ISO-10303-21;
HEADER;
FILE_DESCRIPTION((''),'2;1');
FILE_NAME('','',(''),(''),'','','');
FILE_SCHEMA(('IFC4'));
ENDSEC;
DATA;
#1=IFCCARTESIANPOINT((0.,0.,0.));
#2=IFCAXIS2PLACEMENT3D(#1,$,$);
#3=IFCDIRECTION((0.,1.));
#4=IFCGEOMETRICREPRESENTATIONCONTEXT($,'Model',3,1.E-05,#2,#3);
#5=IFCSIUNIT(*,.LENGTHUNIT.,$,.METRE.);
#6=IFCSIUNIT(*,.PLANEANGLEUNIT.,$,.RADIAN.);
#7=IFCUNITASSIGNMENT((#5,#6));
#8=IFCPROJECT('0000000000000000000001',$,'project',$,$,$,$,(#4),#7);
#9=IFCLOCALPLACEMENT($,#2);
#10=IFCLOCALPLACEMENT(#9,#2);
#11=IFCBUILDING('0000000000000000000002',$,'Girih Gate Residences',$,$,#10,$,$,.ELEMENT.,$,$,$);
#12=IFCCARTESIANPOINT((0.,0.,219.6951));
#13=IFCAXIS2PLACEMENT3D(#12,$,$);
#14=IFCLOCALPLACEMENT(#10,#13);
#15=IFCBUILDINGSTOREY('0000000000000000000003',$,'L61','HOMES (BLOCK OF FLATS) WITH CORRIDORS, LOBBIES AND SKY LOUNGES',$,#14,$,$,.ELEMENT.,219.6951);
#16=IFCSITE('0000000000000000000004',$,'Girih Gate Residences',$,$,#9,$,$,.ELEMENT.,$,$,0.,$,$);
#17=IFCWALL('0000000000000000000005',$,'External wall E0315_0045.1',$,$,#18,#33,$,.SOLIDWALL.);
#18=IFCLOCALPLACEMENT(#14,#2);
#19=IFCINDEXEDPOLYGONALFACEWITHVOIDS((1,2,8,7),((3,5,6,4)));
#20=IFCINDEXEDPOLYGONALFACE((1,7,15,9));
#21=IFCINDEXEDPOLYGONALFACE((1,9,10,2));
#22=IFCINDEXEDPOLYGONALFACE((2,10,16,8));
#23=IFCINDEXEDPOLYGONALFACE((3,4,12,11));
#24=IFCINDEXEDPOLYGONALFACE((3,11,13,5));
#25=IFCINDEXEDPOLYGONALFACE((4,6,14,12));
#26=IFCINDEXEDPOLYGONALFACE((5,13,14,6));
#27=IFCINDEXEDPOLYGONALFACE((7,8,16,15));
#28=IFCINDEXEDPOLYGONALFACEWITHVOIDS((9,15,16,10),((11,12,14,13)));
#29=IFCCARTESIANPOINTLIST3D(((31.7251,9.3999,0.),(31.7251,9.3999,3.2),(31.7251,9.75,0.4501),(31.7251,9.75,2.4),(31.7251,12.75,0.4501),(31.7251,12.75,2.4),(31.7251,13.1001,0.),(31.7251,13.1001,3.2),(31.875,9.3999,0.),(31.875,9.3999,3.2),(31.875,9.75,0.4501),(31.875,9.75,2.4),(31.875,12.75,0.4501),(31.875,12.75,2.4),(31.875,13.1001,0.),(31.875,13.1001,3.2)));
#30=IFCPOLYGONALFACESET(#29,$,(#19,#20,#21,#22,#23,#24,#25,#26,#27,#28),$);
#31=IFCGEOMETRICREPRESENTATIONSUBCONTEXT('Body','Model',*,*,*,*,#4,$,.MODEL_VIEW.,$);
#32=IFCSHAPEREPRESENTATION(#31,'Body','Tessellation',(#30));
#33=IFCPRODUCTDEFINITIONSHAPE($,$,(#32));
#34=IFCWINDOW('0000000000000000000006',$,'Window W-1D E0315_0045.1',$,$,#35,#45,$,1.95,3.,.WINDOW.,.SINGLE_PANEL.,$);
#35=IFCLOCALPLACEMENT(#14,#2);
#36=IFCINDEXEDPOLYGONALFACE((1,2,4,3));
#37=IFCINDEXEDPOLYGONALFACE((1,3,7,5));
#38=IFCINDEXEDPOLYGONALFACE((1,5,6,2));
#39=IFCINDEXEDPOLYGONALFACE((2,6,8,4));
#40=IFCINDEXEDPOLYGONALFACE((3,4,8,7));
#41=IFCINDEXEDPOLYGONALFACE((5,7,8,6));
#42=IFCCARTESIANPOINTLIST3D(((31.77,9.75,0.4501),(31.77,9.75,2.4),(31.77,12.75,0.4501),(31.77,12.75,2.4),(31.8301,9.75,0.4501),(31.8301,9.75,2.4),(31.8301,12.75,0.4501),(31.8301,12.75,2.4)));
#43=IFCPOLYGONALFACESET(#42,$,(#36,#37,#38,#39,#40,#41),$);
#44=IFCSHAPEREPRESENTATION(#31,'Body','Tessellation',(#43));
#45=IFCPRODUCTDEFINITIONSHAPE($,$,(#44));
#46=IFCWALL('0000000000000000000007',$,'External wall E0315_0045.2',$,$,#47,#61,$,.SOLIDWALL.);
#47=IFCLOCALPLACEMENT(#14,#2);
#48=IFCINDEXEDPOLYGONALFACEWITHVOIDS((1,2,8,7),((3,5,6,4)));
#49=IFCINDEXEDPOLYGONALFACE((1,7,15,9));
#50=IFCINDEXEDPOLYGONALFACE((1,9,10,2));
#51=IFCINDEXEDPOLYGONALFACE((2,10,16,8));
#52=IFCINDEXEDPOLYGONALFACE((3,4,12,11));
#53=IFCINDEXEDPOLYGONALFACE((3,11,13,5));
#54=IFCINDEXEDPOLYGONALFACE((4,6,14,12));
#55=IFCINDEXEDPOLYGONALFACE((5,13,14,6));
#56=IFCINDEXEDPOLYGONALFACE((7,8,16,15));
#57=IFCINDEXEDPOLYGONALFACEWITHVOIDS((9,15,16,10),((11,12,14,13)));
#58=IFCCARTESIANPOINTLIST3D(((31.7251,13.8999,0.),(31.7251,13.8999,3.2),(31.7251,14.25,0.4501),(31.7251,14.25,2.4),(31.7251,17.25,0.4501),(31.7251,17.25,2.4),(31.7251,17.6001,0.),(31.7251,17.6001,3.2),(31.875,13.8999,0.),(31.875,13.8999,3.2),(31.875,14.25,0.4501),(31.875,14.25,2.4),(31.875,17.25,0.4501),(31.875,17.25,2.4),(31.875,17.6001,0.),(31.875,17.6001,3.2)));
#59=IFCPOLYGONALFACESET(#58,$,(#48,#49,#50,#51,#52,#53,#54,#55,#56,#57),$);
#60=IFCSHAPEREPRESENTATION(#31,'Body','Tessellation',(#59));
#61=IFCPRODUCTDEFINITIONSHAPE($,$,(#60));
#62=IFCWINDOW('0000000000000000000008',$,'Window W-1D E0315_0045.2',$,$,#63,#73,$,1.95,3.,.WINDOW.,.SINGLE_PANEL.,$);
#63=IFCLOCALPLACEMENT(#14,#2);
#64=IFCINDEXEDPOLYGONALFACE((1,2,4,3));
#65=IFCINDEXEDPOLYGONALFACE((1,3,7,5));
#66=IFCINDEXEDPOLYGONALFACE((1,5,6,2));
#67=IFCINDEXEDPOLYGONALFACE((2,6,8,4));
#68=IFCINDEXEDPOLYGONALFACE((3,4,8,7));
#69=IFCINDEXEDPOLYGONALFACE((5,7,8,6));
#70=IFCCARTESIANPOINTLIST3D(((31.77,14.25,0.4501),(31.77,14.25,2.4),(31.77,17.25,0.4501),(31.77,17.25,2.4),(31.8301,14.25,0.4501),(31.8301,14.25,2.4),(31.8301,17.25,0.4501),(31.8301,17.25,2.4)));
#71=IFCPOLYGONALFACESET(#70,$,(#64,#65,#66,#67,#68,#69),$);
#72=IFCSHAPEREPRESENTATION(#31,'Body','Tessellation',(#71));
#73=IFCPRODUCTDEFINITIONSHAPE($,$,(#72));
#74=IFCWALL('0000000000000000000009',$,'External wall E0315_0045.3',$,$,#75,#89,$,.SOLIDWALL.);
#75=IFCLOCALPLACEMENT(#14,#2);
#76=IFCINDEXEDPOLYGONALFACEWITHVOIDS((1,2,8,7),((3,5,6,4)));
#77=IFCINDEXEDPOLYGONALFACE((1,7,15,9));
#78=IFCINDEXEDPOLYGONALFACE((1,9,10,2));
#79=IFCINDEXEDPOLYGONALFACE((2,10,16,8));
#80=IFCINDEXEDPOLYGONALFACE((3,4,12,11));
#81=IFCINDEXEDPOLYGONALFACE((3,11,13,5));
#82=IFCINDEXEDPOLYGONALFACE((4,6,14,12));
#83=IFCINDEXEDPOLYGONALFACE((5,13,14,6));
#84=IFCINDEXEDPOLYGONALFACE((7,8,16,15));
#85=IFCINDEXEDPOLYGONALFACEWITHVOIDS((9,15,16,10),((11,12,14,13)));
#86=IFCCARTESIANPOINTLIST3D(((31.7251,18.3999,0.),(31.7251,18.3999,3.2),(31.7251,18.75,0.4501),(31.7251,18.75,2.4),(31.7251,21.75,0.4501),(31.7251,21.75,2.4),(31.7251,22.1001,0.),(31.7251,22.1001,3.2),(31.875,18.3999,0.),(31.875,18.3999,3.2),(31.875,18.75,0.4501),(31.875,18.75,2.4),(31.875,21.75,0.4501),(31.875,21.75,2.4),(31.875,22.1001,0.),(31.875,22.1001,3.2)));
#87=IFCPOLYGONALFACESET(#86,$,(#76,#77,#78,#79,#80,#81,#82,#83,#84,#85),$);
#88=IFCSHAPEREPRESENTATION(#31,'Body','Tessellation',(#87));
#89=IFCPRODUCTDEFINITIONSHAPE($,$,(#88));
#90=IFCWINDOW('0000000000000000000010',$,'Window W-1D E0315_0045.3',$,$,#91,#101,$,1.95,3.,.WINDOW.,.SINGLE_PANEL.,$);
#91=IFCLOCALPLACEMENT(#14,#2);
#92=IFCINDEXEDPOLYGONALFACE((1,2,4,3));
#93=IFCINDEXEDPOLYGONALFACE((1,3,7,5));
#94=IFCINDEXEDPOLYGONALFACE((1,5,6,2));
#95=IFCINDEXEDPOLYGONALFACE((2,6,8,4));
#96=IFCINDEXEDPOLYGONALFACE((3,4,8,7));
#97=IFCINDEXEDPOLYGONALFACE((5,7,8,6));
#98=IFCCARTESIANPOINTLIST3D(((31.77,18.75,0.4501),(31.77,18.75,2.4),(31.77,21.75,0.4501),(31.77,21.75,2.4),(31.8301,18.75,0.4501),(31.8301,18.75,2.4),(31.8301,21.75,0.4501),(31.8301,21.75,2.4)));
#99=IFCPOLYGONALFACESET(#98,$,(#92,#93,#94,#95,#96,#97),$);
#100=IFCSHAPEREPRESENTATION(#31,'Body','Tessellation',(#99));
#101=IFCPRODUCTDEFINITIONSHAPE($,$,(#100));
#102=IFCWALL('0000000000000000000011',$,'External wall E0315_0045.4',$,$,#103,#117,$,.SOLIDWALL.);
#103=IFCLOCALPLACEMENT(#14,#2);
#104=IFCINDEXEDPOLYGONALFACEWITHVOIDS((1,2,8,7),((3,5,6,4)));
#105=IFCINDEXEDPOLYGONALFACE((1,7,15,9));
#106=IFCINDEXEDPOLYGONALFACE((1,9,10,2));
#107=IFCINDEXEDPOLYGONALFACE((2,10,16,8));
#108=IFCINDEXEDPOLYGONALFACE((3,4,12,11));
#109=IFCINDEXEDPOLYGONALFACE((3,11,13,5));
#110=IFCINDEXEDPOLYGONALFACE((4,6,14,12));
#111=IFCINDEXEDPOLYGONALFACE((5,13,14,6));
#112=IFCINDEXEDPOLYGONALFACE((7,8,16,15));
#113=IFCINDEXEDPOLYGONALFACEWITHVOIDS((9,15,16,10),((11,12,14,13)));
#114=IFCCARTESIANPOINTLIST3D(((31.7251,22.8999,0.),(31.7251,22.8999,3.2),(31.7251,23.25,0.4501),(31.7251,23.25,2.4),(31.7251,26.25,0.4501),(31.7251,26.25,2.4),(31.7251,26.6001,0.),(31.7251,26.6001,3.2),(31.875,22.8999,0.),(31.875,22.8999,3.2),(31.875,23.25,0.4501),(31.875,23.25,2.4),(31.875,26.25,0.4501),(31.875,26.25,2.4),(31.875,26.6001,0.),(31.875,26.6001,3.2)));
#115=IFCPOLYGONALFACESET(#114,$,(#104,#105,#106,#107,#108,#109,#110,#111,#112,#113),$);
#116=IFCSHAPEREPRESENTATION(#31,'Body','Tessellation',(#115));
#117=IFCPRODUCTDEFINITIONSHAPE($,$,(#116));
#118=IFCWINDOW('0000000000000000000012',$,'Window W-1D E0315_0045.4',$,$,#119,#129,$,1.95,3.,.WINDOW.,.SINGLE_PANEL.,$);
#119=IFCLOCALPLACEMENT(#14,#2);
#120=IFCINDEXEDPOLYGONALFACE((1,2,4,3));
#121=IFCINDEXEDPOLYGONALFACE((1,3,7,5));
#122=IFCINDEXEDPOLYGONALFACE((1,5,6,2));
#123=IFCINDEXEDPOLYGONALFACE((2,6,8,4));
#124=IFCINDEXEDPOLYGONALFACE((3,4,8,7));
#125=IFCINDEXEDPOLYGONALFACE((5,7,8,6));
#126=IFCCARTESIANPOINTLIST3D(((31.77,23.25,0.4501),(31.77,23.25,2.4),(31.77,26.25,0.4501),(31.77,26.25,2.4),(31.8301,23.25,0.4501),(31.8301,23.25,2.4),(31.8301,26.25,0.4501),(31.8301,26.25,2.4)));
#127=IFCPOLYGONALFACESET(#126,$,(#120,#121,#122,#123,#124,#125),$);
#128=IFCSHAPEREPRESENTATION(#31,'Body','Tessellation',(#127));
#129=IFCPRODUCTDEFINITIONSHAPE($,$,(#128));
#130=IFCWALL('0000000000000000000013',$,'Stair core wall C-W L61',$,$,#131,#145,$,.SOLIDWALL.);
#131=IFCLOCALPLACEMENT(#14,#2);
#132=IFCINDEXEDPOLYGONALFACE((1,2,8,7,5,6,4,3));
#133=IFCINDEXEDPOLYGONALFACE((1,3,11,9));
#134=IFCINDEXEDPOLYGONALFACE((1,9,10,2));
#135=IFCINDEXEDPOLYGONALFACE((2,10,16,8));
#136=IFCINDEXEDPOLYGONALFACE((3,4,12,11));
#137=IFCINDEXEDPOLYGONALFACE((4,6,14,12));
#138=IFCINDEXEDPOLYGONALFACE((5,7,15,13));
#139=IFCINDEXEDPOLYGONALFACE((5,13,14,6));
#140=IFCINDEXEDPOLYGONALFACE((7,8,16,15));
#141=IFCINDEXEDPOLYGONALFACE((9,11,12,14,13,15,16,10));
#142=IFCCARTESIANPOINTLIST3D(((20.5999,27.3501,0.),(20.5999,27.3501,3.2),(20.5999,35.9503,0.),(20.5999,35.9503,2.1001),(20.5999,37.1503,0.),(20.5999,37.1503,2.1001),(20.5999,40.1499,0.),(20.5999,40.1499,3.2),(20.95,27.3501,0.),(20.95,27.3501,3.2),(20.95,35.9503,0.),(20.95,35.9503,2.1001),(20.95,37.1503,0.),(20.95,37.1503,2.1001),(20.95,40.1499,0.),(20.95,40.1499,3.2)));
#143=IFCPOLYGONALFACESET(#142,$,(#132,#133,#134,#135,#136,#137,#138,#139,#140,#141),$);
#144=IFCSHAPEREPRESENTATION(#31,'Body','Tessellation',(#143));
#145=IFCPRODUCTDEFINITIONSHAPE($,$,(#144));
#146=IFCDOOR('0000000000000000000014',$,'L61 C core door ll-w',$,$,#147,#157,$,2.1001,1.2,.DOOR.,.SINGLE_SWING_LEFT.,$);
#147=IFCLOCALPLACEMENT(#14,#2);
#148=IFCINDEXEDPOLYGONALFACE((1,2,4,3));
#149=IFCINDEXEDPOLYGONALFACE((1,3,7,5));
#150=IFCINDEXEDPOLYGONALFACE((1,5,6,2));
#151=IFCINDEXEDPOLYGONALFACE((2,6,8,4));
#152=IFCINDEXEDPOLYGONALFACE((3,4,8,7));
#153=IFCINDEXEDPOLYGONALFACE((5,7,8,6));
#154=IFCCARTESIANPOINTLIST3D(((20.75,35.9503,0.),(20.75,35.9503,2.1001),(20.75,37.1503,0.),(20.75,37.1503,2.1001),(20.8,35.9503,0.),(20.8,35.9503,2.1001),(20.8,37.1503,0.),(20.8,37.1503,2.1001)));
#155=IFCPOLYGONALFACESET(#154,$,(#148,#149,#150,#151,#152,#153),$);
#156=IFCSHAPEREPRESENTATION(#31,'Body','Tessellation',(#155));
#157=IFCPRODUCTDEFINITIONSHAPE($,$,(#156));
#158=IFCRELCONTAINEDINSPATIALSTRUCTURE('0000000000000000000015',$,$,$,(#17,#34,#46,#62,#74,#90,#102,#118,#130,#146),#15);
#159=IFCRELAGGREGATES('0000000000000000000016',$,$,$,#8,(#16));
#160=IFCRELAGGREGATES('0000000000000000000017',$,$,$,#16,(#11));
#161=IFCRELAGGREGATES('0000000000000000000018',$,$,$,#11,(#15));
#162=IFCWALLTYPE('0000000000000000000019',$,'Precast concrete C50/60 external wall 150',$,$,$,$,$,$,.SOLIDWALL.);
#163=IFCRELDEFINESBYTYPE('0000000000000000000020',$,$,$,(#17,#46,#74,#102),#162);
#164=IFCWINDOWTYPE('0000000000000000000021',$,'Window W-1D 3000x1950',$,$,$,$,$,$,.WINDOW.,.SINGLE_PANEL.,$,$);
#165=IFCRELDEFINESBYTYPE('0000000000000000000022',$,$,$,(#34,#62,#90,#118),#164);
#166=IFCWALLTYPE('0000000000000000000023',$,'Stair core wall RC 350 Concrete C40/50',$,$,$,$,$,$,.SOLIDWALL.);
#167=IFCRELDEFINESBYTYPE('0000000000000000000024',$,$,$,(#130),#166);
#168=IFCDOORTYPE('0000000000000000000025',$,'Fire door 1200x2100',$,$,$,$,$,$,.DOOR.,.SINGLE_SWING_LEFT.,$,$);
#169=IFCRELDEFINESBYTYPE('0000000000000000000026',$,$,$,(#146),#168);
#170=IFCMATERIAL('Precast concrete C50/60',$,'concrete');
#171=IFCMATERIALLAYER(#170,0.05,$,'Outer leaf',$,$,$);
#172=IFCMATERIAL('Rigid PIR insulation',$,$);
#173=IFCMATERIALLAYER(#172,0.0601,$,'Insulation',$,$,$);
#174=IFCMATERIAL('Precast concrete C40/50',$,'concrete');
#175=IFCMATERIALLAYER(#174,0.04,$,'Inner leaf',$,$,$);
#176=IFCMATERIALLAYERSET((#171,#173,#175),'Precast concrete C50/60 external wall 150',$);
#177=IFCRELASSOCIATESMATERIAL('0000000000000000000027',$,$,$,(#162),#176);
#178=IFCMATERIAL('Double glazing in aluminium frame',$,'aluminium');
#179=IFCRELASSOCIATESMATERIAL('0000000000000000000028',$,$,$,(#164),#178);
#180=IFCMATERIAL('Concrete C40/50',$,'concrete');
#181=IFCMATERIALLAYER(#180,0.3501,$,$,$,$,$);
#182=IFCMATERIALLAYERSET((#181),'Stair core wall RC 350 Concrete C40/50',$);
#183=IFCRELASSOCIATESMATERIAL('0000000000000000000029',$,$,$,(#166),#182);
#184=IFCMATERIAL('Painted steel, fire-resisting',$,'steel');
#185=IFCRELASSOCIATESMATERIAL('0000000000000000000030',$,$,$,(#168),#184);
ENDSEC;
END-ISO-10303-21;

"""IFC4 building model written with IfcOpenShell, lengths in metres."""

from ifc_helpers import new_model, si_unit, direction, frame, frame_2d, origin, place, context, subcontext, project, spatial, rectangle, extrude, material, layer, layer_set, type_object, element, fill, save


model = new_model("IFC4")

# Units and contexts
model_context = context("Model", 3, precision=1e-05, world=origin(), true_north=direction((0.0, 1.0)))
body_context = subcontext(model_context, "Body", "Model", "MODEL_VIEW")
ifc_project = project(units=[si_unit("LENGTHUNIT", "METRE"), si_unit("PLANEANGLEUNIT", "RADIAN")], contexts=[model_context])

# Site, building, storey
site_placement = place(None, origin())
site = spatial("IfcSite", under=ifc_project, at=site_placement, Name="Girih Gate Residences", CompositionType="ELEMENT", RefElevation=0.0)
building_placement = place(site_placement, origin())
building = spatial("IfcBuilding", under=site, at=building_placement, Name="Girih Gate Residences", CompositionType="ELEMENT")
storey_placement = place(building_placement, frame((0.0, 0.0, 219.6951)))
storey = spatial("IfcBuildingStorey", under=building, at=storey_placement, Name="L61", Description="HOMES (BLOCK OF FLATS) WITH CORRIDORS, LOBBIES AND SKY LOUNGES", CompositionType="ELEMENT", Elevation=219.6951)

# Walls, openings, windows
ifc_material_1 = material(Name="Precast concrete C50/60", Category="concrete")
ifc_layer_1 = layer(ifc_material_1, 0.05, Name="Outer leaf")
ifc_material_2 = material(Name="Rigid PIR insulation")
ifc_layer_2 = layer(ifc_material_2, 0.0601, Name="Insulation")
ifc_material_3 = material(Name="Precast concrete C40/50", Category="concrete")
ifc_layer_3 = layer(ifc_material_3, 0.04, Name="Inner leaf")
ifc_layer_set_1 = layer_set([ifc_layer_1, ifc_layer_2, ifc_layer_3], Name="Precast concrete C50/60 external wall 150")
wall_type_1 = type_object("IfcWallType", Name="Precast concrete C50/60 external wall 150", PredefinedType="SOLIDWALL", material=ifc_layer_set_1)
wall_1_placement = place(storey_placement, frame((31.8, 13.1001, 0.0), z_axis=(0.0, 0.0, 1.0), x_axis=(0.0, -1.0, 0.0)))
wall_1 = element("IfcWall", 1, at=wall_1_placement, inside=storey, type_object=wall_type_1, Name="External wall E0315_0045.1", PredefinedType="SOLIDWALL", context=body_context, shape_type="SweptSolid", body=[
    extrude(rectangle(XDim=3.7002, YDim=0.1499, at=frame_2d((1.8501, 0.0))), origin(), (0.0, 0.0, 1.0), 3.2),
])
opening_1_placement = place(wall_1_placement, frame((0.3501, 0.0, 0.45)))
opening_1 = element("IfcOpeningElement", 2, at=opening_1_placement, cuts=wall_1, PredefinedType="OPENING", context=body_context, shape_type="SweptSolid", body=[
    extrude(rectangle(XDim=3.0, YDim=1.95, at=frame_2d((1.5, 0.9751))), frame((0.0, 0.085, 0.0), z_axis=(0.0, -1.0, 0.0), x_axis=(1.0, 0.0, 0.0)), (0.0, 0.0, 1.0), 0.1699),
])
ifc_material_4 = material(Name="Double glazing in aluminium frame", Category="aluminium")
window_type = type_object("IfcWindowType", Name="Window W-1D 3000x1950", PartitioningType="SINGLE_PANEL", PredefinedType="WINDOW", material=ifc_material_4)
window_1_placement = place(opening_1_placement, origin())
window_1 = element("IfcWindow", 3, at=window_1_placement, inside=storey, type_object=window_type, Name="Window W-1D E0315_0045.1", OverallHeight=1.95, OverallWidth=3.0, PartitioningType="SINGLE_PANEL", PredefinedType="WINDOW", context=body_context, shape_type="SweptSolid", body=[
    extrude(rectangle(XDim=3.0, YDim=1.95, at=frame_2d((1.5, 0.9751))), frame((0.0, 0.03, 0.0), z_axis=(0.0, -1.0, 0.0), x_axis=(1.0, 0.0, 0.0)), (0.0, 0.0, 1.0), 0.0601),
])
fill(opening_1, window_1)
wall_2_placement = place(storey_placement, frame((31.8, 17.6001, 0.0), z_axis=(0.0, 0.0, 1.0), x_axis=(0.0, -1.0, 0.0)))
wall_2 = element("IfcWall", 4, at=wall_2_placement, inside=storey, type_object=wall_type_1, Name="External wall E0315_0045.2", PredefinedType="SOLIDWALL", context=body_context, shape_type="SweptSolid", body=[
    extrude(rectangle(XDim=3.7002, YDim=0.1499, at=frame_2d((1.8501, 0.0))), origin(), (0.0, 0.0, 1.0), 3.2),
])
opening_2_placement = place(wall_2_placement, frame((0.3501, 0.0, 0.45)))
opening_2 = element("IfcOpeningElement", 5, at=opening_2_placement, cuts=wall_2, PredefinedType="OPENING", context=body_context, shape_type="SweptSolid", body=[
    extrude(rectangle(XDim=3.0, YDim=1.95, at=frame_2d((1.5, 0.9751))), frame((0.0, 0.085, 0.0), z_axis=(0.0, -1.0, 0.0), x_axis=(1.0, 0.0, 0.0)), (0.0, 0.0, 1.0), 0.1699),
])
window_2_placement = place(opening_2_placement, origin())
window_2 = element("IfcWindow", 6, at=window_2_placement, inside=storey, type_object=window_type, Name="Window W-1D E0315_0045.2", OverallHeight=1.95, OverallWidth=3.0, PartitioningType="SINGLE_PANEL", PredefinedType="WINDOW", context=body_context, shape_type="SweptSolid", body=[
    extrude(rectangle(XDim=3.0, YDim=1.95, at=frame_2d((1.5, 0.9751))), frame((0.0, 0.03, 0.0), z_axis=(0.0, -1.0, 0.0), x_axis=(1.0, 0.0, 0.0)), (0.0, 0.0, 1.0), 0.0601),
])
fill(opening_2, window_2)
wall_3_placement = place(storey_placement, frame((31.8, 22.1001, 0.0), z_axis=(0.0, 0.0, 1.0), x_axis=(0.0, -1.0, 0.0)))
wall_3 = element("IfcWall", 7, at=wall_3_placement, inside=storey, type_object=wall_type_1, Name="External wall E0315_0045.3", PredefinedType="SOLIDWALL", context=body_context, shape_type="SweptSolid", body=[
    extrude(rectangle(XDim=3.7002, YDim=0.1499, at=frame_2d((1.8501, 0.0))), origin(), (0.0, 0.0, 1.0), 3.2),
])
opening_3_placement = place(wall_3_placement, frame((0.3501, 0.0, 0.45)))
opening_3 = element("IfcOpeningElement", 8, at=opening_3_placement, cuts=wall_3, PredefinedType="OPENING", context=body_context, shape_type="SweptSolid", body=[
    extrude(rectangle(XDim=3.0, YDim=1.95, at=frame_2d((1.5, 0.9751))), frame((0.0, 0.085, 0.0), z_axis=(0.0, -1.0, 0.0), x_axis=(1.0, 0.0, 0.0)), (0.0, 0.0, 1.0), 0.1699),
])
window_3_placement = place(opening_3_placement, origin())
window_3 = element("IfcWindow", 9, at=window_3_placement, inside=storey, type_object=window_type, Name="Window W-1D E0315_0045.3", OverallHeight=1.95, OverallWidth=3.0, PartitioningType="SINGLE_PANEL", PredefinedType="WINDOW", context=body_context, shape_type="SweptSolid", body=[
    extrude(rectangle(XDim=3.0, YDim=1.95, at=frame_2d((1.5, 0.9751))), frame((0.0, 0.03, 0.0), z_axis=(0.0, -1.0, 0.0), x_axis=(1.0, 0.0, 0.0)), (0.0, 0.0, 1.0), 0.0601),
])
fill(opening_3, window_3)
wall_4_placement = place(storey_placement, frame((31.8, 26.6001, 0.0), z_axis=(0.0, 0.0, 1.0), x_axis=(0.0, -1.0, 0.0)))
wall_4 = element("IfcWall", 10, at=wall_4_placement, inside=storey, type_object=wall_type_1, Name="External wall E0315_0045.4", PredefinedType="SOLIDWALL", context=body_context, shape_type="SweptSolid", body=[
    extrude(rectangle(XDim=3.7002, YDim=0.1499, at=frame_2d((1.8501, 0.0))), origin(), (0.0, 0.0, 1.0), 3.2),
])
opening_4_placement = place(wall_4_placement, frame((0.3501, 0.0, 0.45)))
opening_4 = element("IfcOpeningElement", 11, at=opening_4_placement, cuts=wall_4, PredefinedType="OPENING", context=body_context, shape_type="SweptSolid", body=[
    extrude(rectangle(XDim=3.0, YDim=1.95, at=frame_2d((1.5, 0.9751))), frame((0.0, 0.085, 0.0), z_axis=(0.0, -1.0, 0.0), x_axis=(1.0, 0.0, 0.0)), (0.0, 0.0, 1.0), 0.1699),
])
window_4_placement = place(opening_4_placement, origin())
window_4 = element("IfcWindow", 12, at=window_4_placement, inside=storey, type_object=window_type, Name="Window W-1D E0315_0045.4", OverallHeight=1.95, OverallWidth=3.0, PartitioningType="SINGLE_PANEL", PredefinedType="WINDOW", context=body_context, shape_type="SweptSolid", body=[
    extrude(rectangle(XDim=3.0, YDim=1.95, at=frame_2d((1.5, 0.9751))), frame((0.0, 0.03, 0.0), z_axis=(0.0, -1.0, 0.0), x_axis=(1.0, 0.0, 0.0)), (0.0, 0.0, 1.0), 0.0601),
])
fill(opening_4, window_4)

# Wall, opening, door
ifc_material_5 = material(Name="Concrete C40/50", Category="concrete")
ifc_layer_4 = layer(ifc_material_5, 0.3501)
ifc_layer_set_2 = layer_set([ifc_layer_4], Name="Stair core wall RC 350 Concrete C40/50")
wall_type_2 = type_object("IfcWallType", Name="Stair core wall RC 350 Concrete C40/50", PredefinedType="SOLIDWALL", material=ifc_layer_set_2)
wall_5_placement = place(storey_placement, frame((20.7749, 27.3501, 0.0), z_axis=(0.0, 0.0, 1.0), x_axis=(0.0, 1.0, 0.0)))
wall_5 = element("IfcWall", 13, at=wall_5_placement, inside=storey, type_object=wall_type_2, Name="Stair core wall C-W L61", PredefinedType="SOLIDWALL", context=body_context, shape_type="SweptSolid", body=[
    extrude(rectangle(XDim=12.7998, YDim=0.3501, at=frame_2d((6.3999, 0.0))), origin(), (0.0, 0.0, 1.0), 3.2),
])
opening_5_placement = place(wall_5_placement, frame((8.6001, 0.0, 0.0)))
opening_5 = element("IfcOpeningElement", 14, at=opening_5_placement, cuts=wall_5, PredefinedType="OPENING", context=body_context, shape_type="SweptSolid", body=[
    extrude(rectangle(XDim=1.2, YDim=2.1001, at=frame_2d((0.6001, 1.05))), frame((0.0, 0.1851, 0.0), z_axis=(0.0, -1.0, 0.0), x_axis=(1.0, 0.0, 0.0)), (0.0, 0.0, 1.0), 0.3701),
])
ifc_material_6 = material(Name="Painted steel, fire-resisting", Category="steel")
door_type_1 = type_object("IfcDoorType", Name="Fire door 1200x2100", OperationType="SINGLE_SWING_LEFT", PredefinedType="DOOR", material=ifc_material_6)
door_1_placement = place(opening_5_placement, origin())
door_1 = element("IfcDoor", 15, at=door_1_placement, inside=storey, type_object=door_type_1, Name="L61 C core door ll-w", OperationType="SINGLE_SWING_LEFT", OverallHeight=2.1001, OverallWidth=1.2, PredefinedType="DOOR", context=body_context, shape_type="SweptSolid", body=[
    extrude(rectangle(XDim=1.2, YDim=2.1001, at=frame_2d((0.6001, 1.05))), frame((0.0, 0.0249, 0.0), z_axis=(0.0, -1.0, 0.0), x_axis=(1.0, 0.0, 0.0)), (0.0, 0.0, 1.0), 0.05),
])
fill(opening_5, door_1)

save(model, "model.ifc")
